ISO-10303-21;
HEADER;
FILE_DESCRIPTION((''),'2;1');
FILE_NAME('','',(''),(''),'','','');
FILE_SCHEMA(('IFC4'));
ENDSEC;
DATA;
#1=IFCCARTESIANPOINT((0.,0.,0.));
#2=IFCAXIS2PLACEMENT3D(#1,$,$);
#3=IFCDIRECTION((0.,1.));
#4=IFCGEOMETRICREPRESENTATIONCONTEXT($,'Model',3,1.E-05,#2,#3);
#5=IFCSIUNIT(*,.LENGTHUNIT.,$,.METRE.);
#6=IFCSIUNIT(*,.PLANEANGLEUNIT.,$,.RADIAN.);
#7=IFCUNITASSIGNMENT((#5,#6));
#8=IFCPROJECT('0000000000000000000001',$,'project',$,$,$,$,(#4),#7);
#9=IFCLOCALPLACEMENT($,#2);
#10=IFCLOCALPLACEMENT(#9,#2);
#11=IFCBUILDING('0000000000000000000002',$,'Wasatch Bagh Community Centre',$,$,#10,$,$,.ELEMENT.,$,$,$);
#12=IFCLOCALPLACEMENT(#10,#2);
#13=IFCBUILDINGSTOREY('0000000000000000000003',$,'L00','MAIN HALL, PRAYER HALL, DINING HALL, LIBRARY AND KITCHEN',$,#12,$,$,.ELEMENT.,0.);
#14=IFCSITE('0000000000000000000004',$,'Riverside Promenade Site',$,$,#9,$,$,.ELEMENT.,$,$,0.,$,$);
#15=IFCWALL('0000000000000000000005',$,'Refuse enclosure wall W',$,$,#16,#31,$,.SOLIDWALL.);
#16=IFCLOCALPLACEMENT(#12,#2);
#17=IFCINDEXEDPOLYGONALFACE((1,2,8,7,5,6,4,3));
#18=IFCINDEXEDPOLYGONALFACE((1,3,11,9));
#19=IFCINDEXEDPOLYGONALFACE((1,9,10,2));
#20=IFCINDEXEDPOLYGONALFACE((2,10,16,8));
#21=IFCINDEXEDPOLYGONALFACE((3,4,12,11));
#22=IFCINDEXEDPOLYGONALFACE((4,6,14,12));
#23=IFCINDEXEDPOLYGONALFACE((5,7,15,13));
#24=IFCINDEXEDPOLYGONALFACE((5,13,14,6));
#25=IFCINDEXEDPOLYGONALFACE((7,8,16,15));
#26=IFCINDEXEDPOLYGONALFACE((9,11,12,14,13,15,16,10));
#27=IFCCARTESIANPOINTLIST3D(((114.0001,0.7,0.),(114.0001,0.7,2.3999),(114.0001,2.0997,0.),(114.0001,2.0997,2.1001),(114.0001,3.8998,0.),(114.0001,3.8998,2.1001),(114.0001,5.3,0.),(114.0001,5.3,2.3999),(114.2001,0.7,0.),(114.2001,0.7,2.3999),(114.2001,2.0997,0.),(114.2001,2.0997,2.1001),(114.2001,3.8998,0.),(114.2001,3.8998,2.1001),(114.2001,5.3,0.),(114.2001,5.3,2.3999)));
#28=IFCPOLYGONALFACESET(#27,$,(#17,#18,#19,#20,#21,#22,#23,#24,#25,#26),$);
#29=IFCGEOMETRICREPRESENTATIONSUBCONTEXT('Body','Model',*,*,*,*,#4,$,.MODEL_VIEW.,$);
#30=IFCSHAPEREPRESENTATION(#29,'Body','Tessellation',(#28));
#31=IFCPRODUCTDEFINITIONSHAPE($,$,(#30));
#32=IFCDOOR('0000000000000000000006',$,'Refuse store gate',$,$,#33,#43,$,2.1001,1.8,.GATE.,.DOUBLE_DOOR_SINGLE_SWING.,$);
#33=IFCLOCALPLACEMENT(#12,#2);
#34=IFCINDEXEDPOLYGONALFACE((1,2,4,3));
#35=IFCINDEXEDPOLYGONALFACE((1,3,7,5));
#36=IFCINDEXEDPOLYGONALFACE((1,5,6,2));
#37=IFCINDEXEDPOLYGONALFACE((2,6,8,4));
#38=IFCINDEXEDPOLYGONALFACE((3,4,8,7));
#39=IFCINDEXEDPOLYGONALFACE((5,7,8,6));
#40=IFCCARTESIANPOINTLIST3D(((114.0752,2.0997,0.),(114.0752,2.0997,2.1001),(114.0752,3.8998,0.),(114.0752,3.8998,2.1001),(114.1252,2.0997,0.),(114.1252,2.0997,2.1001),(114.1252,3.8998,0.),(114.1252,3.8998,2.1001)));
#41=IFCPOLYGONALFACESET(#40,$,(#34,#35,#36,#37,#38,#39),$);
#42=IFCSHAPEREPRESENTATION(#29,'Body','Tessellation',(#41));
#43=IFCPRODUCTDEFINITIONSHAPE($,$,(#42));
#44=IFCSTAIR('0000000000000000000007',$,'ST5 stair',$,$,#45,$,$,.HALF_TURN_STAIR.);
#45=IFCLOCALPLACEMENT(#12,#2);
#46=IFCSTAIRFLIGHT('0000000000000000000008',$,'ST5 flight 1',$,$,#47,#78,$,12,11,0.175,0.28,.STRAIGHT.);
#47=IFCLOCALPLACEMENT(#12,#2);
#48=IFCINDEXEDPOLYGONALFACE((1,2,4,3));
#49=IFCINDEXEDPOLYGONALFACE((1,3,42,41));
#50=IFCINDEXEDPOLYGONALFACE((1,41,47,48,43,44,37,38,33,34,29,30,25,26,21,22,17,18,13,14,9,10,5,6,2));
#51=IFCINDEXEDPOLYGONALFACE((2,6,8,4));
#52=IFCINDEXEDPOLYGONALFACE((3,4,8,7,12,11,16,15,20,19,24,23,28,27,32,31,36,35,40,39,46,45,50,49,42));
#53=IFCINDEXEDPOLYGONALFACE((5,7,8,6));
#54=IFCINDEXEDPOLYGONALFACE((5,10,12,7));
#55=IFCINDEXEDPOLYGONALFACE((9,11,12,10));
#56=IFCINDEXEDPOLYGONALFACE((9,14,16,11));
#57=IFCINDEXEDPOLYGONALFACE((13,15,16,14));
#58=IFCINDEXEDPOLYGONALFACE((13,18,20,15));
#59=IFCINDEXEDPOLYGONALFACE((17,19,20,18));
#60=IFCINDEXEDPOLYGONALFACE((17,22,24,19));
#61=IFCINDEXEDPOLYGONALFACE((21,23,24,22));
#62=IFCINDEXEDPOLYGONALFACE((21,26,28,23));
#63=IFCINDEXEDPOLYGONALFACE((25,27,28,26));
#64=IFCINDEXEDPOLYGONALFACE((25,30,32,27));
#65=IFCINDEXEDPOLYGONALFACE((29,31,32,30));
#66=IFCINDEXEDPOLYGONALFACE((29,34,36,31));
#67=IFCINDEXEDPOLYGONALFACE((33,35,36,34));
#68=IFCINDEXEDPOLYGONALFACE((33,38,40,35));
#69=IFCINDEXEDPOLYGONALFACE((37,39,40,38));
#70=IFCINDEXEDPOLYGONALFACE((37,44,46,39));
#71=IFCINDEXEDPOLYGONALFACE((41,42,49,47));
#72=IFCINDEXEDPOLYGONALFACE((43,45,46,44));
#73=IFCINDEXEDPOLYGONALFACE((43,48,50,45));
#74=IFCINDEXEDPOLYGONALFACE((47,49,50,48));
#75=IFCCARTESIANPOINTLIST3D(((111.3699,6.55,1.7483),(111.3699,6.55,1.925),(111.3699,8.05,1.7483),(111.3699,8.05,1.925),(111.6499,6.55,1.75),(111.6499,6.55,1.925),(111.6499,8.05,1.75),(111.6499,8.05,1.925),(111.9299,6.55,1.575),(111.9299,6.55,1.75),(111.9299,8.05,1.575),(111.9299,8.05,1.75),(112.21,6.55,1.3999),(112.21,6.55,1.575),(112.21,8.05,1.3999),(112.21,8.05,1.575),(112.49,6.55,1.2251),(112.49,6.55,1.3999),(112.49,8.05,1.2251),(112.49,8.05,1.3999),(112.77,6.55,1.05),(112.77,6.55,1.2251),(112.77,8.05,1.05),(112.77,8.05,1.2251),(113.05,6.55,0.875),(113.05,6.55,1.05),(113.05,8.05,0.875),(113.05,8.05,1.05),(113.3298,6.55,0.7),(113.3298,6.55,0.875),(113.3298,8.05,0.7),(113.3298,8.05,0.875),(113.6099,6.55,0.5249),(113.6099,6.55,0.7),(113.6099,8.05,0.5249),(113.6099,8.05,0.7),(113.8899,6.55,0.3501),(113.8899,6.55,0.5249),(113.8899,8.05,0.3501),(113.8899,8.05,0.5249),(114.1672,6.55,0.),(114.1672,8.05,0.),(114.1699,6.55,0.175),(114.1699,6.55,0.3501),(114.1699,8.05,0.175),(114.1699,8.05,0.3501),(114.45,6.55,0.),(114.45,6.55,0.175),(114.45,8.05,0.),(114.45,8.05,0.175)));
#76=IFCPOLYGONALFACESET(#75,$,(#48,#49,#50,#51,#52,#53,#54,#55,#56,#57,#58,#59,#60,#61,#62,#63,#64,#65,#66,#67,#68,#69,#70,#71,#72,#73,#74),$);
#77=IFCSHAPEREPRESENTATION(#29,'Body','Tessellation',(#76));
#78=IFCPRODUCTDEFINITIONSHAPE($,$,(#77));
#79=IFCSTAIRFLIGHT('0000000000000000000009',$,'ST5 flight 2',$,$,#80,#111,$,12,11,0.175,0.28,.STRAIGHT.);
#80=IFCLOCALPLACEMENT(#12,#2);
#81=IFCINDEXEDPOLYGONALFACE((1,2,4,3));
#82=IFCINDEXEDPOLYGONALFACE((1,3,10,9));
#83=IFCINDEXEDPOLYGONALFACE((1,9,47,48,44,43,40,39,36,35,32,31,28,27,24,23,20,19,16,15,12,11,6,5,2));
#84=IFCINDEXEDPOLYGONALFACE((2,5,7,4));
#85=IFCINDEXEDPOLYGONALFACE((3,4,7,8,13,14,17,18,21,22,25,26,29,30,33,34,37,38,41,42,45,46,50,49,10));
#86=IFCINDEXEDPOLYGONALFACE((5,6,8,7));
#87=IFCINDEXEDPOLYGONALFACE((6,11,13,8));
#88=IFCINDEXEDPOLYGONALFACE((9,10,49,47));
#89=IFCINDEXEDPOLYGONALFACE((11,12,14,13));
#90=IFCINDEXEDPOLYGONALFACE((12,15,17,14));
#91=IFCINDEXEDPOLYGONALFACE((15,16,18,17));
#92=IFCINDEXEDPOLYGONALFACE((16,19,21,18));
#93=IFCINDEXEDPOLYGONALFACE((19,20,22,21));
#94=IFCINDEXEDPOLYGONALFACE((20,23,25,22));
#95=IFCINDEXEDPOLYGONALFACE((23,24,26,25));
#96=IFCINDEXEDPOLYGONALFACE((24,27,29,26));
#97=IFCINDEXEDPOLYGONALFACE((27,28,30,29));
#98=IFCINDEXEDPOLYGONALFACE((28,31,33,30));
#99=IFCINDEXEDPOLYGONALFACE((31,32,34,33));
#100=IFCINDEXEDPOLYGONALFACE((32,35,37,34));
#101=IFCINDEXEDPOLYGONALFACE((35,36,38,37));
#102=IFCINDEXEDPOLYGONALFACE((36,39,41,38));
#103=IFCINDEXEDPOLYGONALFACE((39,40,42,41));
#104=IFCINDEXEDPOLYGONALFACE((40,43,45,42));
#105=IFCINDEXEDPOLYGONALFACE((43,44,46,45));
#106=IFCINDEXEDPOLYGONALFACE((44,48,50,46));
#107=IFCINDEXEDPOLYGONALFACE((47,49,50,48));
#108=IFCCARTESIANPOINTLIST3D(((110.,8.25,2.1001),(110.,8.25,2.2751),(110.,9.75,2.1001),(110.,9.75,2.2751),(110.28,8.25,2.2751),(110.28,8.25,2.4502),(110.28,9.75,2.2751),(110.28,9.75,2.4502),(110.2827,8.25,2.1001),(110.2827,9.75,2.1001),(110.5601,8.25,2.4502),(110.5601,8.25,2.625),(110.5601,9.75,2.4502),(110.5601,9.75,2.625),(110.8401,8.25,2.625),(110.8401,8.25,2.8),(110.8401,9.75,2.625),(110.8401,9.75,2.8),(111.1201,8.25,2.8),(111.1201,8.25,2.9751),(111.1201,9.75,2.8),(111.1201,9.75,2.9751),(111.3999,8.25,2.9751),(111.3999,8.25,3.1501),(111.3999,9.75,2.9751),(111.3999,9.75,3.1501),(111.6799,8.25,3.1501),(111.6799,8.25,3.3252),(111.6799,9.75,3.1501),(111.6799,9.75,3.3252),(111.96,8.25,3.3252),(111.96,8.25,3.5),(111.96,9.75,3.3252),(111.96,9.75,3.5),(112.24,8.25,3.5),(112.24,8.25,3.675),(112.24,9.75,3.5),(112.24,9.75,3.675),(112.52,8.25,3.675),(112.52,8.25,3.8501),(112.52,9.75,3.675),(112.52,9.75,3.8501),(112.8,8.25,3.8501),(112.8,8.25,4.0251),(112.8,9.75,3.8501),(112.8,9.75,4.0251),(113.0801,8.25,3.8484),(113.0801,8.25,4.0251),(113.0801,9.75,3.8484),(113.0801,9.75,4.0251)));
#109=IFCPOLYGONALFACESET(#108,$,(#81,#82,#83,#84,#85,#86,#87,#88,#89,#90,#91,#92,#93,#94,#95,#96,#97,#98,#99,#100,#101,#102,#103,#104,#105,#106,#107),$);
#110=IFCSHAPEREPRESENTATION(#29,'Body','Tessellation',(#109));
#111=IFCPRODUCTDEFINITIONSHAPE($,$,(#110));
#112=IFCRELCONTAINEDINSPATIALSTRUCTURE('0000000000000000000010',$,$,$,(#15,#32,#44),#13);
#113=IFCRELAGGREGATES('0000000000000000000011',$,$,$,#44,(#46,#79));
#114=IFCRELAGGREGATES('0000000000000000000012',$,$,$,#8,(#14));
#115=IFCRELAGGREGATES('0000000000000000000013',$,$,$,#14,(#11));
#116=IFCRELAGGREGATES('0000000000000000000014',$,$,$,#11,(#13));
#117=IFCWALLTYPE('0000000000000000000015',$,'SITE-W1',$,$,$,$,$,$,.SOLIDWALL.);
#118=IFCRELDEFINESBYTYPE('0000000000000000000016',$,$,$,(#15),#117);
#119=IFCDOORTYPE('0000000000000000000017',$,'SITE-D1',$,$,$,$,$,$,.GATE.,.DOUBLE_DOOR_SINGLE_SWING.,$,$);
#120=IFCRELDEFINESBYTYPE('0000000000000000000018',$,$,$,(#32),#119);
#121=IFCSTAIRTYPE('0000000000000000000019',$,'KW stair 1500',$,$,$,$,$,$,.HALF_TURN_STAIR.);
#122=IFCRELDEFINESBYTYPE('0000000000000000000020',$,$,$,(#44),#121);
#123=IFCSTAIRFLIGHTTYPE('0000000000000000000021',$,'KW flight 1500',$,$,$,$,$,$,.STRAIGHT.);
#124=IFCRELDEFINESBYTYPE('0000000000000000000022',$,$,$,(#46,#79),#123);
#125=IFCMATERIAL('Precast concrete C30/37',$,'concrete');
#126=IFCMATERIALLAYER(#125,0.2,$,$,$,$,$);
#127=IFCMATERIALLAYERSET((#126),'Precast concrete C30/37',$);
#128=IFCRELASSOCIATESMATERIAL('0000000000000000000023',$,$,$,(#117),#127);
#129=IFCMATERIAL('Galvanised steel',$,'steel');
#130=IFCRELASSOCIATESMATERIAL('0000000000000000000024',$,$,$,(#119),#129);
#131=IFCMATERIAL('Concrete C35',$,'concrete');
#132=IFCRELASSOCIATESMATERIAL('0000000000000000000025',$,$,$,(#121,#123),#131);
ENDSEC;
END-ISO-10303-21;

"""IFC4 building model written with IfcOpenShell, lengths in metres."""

from ifc_helpers import new_model, si_unit, direction, frame, frame_2d, origin, place, context, subcontext, project, spatial, polyline, rectangle, outline, extrude, material, layer, layer_set, type_object, element, fill, aggregate, save


model = new_model("IFC4")

# Units and contexts
model_context = context("Model", 3, precision=1e-05, world=origin(), true_north=direction((0.0, 1.0)))
body_context = subcontext(model_context, "Body", "Model", "MODEL_VIEW")
ifc_project = project(units=[si_unit("LENGTHUNIT", "METRE"), si_unit("PLANEANGLEUNIT", "RADIAN")], contexts=[model_context])

# Site, building, storey
site_placement = place(None, origin())
site = spatial("IfcSite", under=ifc_project, at=site_placement, Name="Riverside Promenade Site", CompositionType="ELEMENT", RefElevation=0.0)
building_placement = place(site_placement, origin())
building = spatial("IfcBuilding", under=site, at=building_placement, Name="Wasatch Bagh Community Centre", CompositionType="ELEMENT")
storey_placement = place(building_placement, origin())
storey = spatial("IfcBuildingStorey", under=building, at=storey_placement, Name="L00", Description="MAIN HALL, PRAYER HALL, DINING HALL, LIBRARY AND KITCHEN", CompositionType="ELEMENT", Elevation=0.0)

# Shared definitions
ifc_material_1 = material(Name="Concrete C35", Category="concrete")

# Shared definitions
ifc_material_2 = material(Name="Precast concrete C30/37", Category="concrete")
ifc_layer_1 = layer(ifc_material_2, 0.2)
ifc_layer_set_1 = layer_set([ifc_layer_1], Name="Precast concrete C30/37")
wall_type_1 = type_object("IfcWallType", Name="SITE-W1", PredefinedType="SOLIDWALL", material=ifc_layer_set_1)

# Wall, opening, door
wall_1_placement = place(storey_placement, frame((114.1001, 0.7, 0.0), z_axis=(0.0, 0.0, 1.0), x_axis=(0.0, 1.0, 0.0)))
wall_1 = element("IfcWall", 1, at=wall_1_placement, inside=storey, type_object=wall_type_1, Name="Refuse enclosure wall W", PredefinedType="SOLIDWALL", context=body_context, shape_type="SweptSolid", body=[
    extrude(rectangle(XDim=4.6001, YDim=0.2, at=frame_2d((2.3, 0.0))), origin(), (0.0, 0.0, 1.0), 2.3999),
])
opening_placement = place(wall_1_placement, frame((1.3999, 0.0, 0.0)))
opening = element("IfcOpeningElement", 2, at=opening_placement, cuts=wall_1, PredefinedType="OPENING", context=body_context, shape_type="SweptSolid", body=[
    extrude(rectangle(XDim=1.8, YDim=2.1001, at=frame_2d((0.8999, 1.05))), frame((0.0, 0.1099, 0.0), z_axis=(0.0, -1.0, 0.0), x_axis=(1.0, 0.0, 0.0)), (0.0, 0.0, 1.0), 0.22),
])
ifc_material_3 = material(Name="Galvanised steel", Category="steel")
door_type = type_object("IfcDoorType", Name="SITE-D1", OperationType="DOUBLE_DOOR_SINGLE_SWING", PredefinedType="GATE", material=ifc_material_3)
door_placement = place(opening_placement, origin())
door = element("IfcDoor", 3, at=door_placement, inside=storey, type_object=door_type, Name="Refuse store gate", OperationType="DOUBLE_DOOR_SINGLE_SWING", OverallHeight=2.1001, OverallWidth=1.8, PredefinedType="GATE", context=body_context, shape_type="SweptSolid", body=[
    extrude(rectangle(XDim=1.8, YDim=2.1001, at=frame_2d((0.8999, 1.05))), frame((0.0, 0.0249, 0.0), z_axis=(0.0, -1.0, 0.0), x_axis=(1.0, 0.0, 0.0)), (0.0, 0.0, 1.0), 0.05),
])
fill(opening, door)

# Stair, stair flights
stair_type = type_object("IfcStairType", Name="KW stair 1500", PredefinedType="HALF_TURN_STAIR", material=ifc_material_1)
stair_placement = place(storey_placement, origin())
stair = element("IfcStair", 4, at=stair_placement, inside=storey, type_object=stair_type, Name="ST5 stair", PredefinedType="HALF_TURN_STAIR")
stair_flight_type = type_object("IfcStairFlightType", Name="KW flight 1500", PredefinedType="STRAIGHT", material=ifc_material_1)
stair_flight_1_placement = place(storey_placement, frame((114.45, 7.3, 0.0), z_axis=(0.0, 0.0, 1.0), x_axis=(-1.0, 0.0, 0.0)))
stair_flight_1 = element("IfcStairFlight", 5, at=stair_flight_1_placement, type_object=stair_flight_type, Name="ST5 flight 1", NumberOfRisers=12, NumberOfTreads=11, PredefinedType="STRAIGHT", RiserHeight=0.175, TreadLength=0.28, context=body_context, shape_type="SweptSolid", body=[
    extrude(outline(polyline([(0.0, 0.0), (0.0, 0.175), (0.28, 0.175), (0.28, 0.3501), (0.5601, 0.3501), (0.5601, 0.5249), (0.8401, 0.5249), (0.8401, 0.7), (1.1201, 0.7), (1.1201, 0.875), (1.3999, 0.875), (1.3999, 1.05), (1.6799, 1.05), (1.6799, 1.2251), (1.96, 1.2251), (1.96, 1.3999), (2.24, 1.3999), (2.24, 1.575), (2.52, 1.575), (2.52, 1.75), (2.8, 1.75), (2.8, 1.925), (3.0801, 1.925), (3.0801, 2.1001), (3.0801, 1.7483), (0.2827, 0.0), (0.0, 0.0)])), frame((0.0, 0.75, 0.0), z_axis=(0.0, -1.0, 0.0), x_axis=(1.0, 0.0, 0.0)), (0.0, 0.0, 1.0), 1.5),
])
stair_flight_2_placement = place(storey_placement, frame((110.0, 9.0, 2.1001), z_axis=(0.0, 0.0, 1.0), x_axis=(1.0, 0.0, 0.0)))
stair_flight_2 = element("IfcStairFlight", 6, at=stair_flight_2_placement, type_object=stair_flight_type, Name="ST5 flight 2", NumberOfRisers=12, NumberOfTreads=11, PredefinedType="STRAIGHT", RiserHeight=0.175, TreadLength=0.28, context=body_context, shape_type="SweptSolid", body=[
    extrude(outline(polyline([(0.0, 0.0), (0.0, 0.175), (0.28, 0.175), (0.28, 0.3501), (0.5601, 0.3501), (0.5601, 0.5249), (0.8401, 0.5249), (0.8401, 0.7), (1.1201, 0.7), (1.1201, 0.875), (1.3999, 0.875), (1.3999, 1.05), (1.6799, 1.05), (1.6799, 1.2251), (1.96, 1.2251), (1.96, 1.3999), (2.24, 1.3999), (2.24, 1.575), (2.52, 1.575), (2.52, 1.75), (2.8, 1.75), (2.8, 1.925), (3.0801, 1.925), (3.0801, 2.1001), (3.0801, 1.7483), (0.2827, 0.0), (0.0, 0.0)])), frame((0.0, 0.75, 0.0), z_axis=(0.0, -1.0, 0.0), x_axis=(1.0, 0.0, 0.0)), (0.0, 0.0, 1.0), 1.5),
])
aggregate(stair, [stair_flight_1, stair_flight_2])

save(model, "model.ifc")
